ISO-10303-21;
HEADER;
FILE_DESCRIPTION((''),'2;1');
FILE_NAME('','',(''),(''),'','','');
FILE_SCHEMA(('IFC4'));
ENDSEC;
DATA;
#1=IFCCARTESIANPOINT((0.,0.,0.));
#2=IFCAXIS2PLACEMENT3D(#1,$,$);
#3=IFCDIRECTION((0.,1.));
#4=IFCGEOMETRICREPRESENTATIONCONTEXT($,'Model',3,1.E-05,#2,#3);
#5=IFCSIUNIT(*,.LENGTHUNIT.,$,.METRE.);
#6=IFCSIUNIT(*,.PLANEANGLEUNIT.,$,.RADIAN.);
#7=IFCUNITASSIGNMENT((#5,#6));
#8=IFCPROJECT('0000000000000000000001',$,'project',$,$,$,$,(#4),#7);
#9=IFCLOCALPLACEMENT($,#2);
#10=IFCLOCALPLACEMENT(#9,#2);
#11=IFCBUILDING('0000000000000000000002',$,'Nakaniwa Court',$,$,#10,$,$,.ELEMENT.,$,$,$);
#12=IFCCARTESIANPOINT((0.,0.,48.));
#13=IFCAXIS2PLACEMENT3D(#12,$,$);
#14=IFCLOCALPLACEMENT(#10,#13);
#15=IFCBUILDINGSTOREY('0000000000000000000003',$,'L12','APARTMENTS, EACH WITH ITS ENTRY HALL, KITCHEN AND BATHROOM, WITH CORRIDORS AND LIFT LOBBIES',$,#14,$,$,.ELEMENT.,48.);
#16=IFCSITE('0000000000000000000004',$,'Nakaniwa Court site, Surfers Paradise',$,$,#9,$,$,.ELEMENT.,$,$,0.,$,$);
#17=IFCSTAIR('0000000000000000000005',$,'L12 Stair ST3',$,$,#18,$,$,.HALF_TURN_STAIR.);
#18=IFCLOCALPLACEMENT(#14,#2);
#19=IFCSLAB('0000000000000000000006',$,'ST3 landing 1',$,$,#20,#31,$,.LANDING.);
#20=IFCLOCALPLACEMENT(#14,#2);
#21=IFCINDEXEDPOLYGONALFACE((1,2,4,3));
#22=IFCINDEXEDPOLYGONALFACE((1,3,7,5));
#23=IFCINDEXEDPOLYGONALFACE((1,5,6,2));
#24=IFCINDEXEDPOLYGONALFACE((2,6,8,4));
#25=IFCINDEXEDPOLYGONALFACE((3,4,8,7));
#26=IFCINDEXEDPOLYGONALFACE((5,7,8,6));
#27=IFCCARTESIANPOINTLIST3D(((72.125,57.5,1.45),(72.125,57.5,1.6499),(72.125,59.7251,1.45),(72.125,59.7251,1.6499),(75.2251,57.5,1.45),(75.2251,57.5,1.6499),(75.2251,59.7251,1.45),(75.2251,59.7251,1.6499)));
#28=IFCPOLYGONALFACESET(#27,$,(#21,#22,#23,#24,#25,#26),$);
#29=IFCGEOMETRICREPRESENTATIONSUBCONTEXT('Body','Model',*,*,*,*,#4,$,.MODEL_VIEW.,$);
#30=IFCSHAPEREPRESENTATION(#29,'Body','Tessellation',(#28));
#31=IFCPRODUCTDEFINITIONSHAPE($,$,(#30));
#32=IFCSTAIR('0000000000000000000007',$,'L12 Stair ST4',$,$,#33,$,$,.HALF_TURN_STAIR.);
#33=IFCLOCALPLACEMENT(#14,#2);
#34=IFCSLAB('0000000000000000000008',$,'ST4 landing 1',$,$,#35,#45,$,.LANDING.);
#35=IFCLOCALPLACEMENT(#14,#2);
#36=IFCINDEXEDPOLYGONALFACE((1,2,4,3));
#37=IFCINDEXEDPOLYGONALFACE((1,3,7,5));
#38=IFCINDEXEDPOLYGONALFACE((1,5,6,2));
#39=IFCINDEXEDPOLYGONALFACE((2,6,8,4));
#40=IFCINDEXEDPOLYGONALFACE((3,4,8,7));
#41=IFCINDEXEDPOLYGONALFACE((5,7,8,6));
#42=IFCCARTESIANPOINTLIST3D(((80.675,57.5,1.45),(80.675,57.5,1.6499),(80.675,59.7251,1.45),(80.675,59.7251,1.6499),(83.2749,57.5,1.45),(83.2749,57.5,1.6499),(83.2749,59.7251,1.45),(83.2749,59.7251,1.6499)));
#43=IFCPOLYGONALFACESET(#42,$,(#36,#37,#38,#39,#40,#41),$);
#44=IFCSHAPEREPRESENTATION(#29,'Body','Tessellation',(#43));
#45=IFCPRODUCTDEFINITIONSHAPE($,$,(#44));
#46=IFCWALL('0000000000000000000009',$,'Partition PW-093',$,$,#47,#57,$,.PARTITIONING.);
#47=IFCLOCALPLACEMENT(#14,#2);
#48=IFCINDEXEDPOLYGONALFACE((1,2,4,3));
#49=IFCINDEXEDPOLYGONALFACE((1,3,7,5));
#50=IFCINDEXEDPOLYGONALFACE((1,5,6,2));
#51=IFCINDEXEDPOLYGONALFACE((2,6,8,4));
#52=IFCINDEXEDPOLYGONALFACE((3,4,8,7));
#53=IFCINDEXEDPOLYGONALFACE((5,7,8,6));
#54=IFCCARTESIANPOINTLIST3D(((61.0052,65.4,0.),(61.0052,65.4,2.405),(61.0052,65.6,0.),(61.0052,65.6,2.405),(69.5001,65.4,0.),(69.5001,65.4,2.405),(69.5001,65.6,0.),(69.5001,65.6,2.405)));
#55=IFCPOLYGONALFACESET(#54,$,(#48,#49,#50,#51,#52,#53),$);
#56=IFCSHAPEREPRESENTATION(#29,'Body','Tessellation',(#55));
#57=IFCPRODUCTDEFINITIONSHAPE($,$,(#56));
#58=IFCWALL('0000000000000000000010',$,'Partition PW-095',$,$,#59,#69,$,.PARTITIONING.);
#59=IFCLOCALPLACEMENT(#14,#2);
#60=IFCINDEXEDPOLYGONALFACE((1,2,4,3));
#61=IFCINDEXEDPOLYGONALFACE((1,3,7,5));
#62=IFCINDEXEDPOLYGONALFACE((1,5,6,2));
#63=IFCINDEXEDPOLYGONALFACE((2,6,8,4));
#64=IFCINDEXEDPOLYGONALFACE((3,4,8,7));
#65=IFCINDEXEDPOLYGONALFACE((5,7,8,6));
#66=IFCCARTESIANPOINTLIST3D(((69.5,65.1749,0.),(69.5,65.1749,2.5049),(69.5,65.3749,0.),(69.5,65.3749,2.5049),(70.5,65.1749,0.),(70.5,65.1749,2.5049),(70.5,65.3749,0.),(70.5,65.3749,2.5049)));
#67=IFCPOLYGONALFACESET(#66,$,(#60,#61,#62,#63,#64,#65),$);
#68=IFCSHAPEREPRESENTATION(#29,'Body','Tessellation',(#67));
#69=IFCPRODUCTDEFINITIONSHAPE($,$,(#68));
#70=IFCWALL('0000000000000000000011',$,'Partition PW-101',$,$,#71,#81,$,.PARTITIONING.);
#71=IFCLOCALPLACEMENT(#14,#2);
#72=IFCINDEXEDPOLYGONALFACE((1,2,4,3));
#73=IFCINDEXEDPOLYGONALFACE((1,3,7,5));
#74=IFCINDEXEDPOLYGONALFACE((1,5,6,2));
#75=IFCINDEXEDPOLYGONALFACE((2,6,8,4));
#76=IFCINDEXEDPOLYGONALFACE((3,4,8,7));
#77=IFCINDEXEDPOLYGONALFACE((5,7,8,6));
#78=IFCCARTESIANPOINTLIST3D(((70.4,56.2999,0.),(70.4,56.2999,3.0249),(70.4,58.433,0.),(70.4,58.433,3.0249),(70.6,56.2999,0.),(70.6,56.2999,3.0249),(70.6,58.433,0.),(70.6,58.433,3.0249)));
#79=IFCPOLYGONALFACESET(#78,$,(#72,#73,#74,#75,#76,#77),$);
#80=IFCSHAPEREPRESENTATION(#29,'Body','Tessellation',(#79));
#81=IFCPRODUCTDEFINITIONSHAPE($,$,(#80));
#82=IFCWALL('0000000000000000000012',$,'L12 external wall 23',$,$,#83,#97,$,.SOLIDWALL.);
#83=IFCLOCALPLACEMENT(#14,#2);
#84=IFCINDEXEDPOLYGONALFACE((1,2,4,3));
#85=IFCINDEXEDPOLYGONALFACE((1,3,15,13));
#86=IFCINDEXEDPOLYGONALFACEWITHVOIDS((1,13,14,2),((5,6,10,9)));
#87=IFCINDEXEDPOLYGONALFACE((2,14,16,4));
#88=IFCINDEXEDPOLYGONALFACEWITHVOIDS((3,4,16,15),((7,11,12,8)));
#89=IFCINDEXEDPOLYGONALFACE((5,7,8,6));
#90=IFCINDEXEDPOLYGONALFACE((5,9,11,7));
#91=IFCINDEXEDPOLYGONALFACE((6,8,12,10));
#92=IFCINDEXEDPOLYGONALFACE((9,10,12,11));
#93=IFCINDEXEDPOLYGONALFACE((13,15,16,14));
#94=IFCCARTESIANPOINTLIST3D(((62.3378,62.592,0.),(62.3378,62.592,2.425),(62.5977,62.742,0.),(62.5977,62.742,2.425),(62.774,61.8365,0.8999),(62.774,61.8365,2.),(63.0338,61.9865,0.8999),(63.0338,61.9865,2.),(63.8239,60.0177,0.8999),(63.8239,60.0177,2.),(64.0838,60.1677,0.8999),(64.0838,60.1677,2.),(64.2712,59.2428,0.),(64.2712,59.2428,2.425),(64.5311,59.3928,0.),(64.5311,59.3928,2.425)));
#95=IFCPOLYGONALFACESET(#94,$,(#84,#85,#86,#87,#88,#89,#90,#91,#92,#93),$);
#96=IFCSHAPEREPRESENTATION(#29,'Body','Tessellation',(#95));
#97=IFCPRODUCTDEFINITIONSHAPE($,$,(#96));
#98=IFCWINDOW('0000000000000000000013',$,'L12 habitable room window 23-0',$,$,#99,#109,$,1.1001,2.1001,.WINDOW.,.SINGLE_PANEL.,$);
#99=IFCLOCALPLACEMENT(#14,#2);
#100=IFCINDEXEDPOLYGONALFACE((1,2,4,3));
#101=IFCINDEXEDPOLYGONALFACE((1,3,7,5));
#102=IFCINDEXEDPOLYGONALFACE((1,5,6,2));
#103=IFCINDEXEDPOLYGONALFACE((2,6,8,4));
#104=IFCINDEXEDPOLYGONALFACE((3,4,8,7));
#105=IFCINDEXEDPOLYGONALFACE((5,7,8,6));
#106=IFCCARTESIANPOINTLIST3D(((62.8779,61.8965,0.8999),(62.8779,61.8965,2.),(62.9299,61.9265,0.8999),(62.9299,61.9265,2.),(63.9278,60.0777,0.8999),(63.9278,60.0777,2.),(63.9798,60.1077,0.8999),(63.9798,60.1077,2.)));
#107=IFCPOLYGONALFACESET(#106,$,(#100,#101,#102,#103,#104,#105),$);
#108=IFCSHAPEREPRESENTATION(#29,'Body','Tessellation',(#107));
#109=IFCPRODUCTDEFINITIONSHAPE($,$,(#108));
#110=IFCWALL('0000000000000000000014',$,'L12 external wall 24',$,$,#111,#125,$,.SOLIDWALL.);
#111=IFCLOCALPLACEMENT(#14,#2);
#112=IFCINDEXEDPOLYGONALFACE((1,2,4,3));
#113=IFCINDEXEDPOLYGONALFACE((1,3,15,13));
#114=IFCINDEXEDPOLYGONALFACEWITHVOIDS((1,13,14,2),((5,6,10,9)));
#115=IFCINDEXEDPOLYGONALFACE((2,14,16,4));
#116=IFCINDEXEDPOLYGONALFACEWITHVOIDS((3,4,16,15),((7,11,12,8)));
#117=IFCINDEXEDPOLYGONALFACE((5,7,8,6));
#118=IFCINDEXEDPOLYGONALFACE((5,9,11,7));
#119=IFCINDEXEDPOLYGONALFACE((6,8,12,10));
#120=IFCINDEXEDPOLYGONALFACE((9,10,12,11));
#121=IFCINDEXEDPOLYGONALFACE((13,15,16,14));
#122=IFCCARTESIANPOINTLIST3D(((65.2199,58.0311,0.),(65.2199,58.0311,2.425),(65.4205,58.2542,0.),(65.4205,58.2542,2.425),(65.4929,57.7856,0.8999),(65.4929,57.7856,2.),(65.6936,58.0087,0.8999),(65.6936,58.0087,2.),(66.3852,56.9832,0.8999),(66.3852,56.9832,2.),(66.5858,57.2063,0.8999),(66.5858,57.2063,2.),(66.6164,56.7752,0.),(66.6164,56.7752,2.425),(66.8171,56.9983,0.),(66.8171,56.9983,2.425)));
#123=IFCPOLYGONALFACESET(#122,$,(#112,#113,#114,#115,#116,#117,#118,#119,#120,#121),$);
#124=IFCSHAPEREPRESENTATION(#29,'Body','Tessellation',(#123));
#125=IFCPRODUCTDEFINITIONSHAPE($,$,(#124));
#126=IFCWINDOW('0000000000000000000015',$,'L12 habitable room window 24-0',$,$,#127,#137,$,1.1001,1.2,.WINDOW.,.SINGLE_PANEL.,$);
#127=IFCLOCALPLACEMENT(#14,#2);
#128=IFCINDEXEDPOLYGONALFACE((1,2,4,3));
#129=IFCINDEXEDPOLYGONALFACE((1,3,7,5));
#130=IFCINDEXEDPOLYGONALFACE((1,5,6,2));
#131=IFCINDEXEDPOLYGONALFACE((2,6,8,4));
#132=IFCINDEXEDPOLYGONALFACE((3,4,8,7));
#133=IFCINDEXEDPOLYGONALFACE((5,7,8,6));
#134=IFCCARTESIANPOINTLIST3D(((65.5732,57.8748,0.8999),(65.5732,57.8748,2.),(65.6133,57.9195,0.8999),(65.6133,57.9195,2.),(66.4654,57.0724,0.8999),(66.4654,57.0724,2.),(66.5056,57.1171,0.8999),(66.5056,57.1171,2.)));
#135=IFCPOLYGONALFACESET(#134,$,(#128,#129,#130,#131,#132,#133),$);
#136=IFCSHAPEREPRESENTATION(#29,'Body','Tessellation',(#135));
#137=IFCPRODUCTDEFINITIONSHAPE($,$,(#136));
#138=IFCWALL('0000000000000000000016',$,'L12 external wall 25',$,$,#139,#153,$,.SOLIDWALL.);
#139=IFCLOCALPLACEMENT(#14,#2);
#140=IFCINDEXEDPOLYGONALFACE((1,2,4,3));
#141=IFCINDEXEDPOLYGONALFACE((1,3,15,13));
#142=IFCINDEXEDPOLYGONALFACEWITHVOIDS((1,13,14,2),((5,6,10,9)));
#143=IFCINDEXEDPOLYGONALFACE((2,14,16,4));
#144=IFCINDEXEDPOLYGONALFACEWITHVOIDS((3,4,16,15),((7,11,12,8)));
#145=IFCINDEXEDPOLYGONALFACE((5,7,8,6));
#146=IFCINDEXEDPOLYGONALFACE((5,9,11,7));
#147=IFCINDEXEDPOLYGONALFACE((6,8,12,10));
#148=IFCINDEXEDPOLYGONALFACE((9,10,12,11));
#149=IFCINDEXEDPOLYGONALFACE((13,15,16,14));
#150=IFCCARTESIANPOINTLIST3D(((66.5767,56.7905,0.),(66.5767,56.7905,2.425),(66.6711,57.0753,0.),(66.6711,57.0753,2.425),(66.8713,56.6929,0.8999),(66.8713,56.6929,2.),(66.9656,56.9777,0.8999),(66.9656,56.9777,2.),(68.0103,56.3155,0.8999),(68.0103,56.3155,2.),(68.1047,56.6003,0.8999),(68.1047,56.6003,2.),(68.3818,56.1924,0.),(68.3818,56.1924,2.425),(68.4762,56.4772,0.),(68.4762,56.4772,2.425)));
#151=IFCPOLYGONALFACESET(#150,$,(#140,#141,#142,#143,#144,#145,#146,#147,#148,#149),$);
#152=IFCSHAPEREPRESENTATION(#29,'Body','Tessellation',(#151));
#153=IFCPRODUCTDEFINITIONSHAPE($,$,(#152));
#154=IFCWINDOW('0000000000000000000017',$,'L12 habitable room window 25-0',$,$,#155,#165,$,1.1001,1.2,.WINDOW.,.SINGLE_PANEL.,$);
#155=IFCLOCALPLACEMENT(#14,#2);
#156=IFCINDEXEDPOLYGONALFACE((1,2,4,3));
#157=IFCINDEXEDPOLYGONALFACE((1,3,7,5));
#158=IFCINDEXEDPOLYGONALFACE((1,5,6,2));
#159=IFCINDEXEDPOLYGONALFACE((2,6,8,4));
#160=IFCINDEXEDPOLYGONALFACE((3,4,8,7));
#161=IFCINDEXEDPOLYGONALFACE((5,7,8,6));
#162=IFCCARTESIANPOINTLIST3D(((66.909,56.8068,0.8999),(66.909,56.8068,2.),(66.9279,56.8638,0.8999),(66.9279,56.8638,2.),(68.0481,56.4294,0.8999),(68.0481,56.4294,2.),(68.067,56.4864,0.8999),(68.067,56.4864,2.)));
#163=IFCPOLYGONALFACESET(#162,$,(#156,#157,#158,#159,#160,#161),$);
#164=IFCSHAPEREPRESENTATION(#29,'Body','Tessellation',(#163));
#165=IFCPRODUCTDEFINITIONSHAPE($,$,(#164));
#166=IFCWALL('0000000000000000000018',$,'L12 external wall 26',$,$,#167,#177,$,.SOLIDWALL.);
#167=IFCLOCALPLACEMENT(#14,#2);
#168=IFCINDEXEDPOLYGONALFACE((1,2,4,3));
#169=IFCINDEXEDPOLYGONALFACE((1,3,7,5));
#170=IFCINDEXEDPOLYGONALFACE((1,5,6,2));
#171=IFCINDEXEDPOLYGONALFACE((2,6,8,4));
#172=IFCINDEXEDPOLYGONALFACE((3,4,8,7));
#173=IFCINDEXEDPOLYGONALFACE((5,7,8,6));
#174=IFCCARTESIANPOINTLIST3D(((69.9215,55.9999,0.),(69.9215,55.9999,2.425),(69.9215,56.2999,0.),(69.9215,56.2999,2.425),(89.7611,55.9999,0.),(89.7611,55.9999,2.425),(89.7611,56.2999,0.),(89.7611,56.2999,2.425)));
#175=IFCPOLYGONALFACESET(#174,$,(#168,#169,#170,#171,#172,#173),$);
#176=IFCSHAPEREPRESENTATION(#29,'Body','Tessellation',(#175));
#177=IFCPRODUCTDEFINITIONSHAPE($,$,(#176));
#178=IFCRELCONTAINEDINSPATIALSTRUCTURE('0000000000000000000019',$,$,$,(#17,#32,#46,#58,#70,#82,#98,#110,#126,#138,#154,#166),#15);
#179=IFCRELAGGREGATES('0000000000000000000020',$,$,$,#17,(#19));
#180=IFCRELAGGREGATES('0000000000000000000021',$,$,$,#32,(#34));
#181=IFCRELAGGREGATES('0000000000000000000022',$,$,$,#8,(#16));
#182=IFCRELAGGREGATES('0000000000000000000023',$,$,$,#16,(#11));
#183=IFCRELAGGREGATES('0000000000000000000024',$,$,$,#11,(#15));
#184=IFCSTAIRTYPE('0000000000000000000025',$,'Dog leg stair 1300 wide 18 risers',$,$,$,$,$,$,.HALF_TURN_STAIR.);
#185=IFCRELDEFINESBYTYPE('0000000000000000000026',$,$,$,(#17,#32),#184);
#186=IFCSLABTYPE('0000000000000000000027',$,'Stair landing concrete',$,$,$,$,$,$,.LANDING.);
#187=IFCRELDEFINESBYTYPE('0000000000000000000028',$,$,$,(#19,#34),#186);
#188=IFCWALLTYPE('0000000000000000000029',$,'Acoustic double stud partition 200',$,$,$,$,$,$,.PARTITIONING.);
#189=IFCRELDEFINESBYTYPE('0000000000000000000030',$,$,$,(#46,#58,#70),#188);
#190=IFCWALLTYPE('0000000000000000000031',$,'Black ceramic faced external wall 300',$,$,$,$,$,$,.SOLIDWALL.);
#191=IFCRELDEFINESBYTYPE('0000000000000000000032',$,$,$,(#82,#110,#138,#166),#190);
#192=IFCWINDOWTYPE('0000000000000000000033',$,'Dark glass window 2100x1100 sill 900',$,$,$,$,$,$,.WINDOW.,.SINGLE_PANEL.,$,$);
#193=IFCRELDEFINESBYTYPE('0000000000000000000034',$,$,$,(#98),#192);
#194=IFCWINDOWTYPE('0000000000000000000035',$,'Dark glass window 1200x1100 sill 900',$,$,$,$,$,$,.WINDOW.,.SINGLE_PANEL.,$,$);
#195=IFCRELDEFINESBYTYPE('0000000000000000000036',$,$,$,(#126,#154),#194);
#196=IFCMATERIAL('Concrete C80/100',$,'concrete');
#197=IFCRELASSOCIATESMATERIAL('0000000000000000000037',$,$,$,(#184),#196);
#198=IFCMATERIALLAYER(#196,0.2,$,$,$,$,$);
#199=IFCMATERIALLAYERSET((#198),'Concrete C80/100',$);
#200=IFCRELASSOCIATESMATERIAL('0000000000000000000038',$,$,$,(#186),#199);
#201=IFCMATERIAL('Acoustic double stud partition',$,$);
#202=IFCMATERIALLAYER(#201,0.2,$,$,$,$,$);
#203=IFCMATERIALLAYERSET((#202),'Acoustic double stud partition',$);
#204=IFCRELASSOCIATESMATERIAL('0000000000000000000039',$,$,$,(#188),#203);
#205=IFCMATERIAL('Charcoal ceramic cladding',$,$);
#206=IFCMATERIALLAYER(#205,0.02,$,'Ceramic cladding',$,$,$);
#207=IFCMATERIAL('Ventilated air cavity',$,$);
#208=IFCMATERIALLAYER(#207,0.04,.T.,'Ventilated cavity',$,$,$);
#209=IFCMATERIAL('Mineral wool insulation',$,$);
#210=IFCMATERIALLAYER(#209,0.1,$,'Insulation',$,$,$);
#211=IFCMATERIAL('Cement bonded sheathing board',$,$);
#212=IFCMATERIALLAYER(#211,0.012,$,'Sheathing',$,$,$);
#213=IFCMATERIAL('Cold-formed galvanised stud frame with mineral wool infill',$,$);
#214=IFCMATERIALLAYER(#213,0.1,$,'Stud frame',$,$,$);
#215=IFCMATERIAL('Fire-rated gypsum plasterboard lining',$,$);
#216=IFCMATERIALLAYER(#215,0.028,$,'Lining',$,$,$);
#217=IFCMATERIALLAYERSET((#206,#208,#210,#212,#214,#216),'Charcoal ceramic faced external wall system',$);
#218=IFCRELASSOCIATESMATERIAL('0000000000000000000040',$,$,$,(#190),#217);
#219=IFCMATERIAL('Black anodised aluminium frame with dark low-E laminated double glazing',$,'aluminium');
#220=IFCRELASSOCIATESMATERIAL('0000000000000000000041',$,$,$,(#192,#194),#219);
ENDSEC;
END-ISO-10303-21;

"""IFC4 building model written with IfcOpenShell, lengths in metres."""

from ifc_helpers import new_model, si_unit, direction, frame, frame_2d, origin, place, context, subcontext, project, spatial, polyline, rectangle, outline, extrude, material, layer, layer_set, type_object, element, fill, aggregate, save


model = new_model("IFC4")

# Units and contexts
model_context = context("Model", 3, precision=1e-05, world=origin(), true_north=direction((0.0, 1.0)))
body_context = subcontext(model_context, "Body", "Model", "MODEL_VIEW")
ifc_project = project(units=[si_unit("LENGTHUNIT", "METRE"), si_unit("PLANEANGLEUNIT", "RADIAN")], contexts=[model_context])

# Site, building, storey
site_placement = place(None, origin())
site = spatial("IfcSite", under=ifc_project, at=site_placement, Name="Nakaniwa Court site, Surfers Paradise", CompositionType="ELEMENT", RefElevation=0.0)
building_placement = place(site_placement, origin())
building = spatial("IfcBuilding", under=site, at=building_placement, Name="Nakaniwa Court", CompositionType="ELEMENT")
storey_placement = place(building_placement, frame((0.0, 0.0, 48.0)))
storey = spatial("IfcBuildingStorey", under=building, at=storey_placement, Name="L12", Description="APARTMENTS, EACH WITH ITS ENTRY HALL, KITCHEN AND BATHROOM, WITH CORRIDORS AND LIFT LOBBIES", CompositionType="ELEMENT", Elevation=48.0)

# Stairs, slabs
ifc_material_1 = material(Name="Concrete C80/100", Category="concrete")
stair_type = type_object("IfcStairType", Name="Dog leg stair 1300 wide 18 risers", PredefinedType="HALF_TURN_STAIR", material=ifc_material_1)
ifc_layer_1 = layer(ifc_material_1, 0.2)
ifc_layer_set_1 = layer_set([ifc_layer_1], Name="Concrete C80/100")
slab_type_1 = type_object("IfcSlabType", Name="Stair landing concrete", PredefinedType="LANDING", material=ifc_layer_set_1)
stair_1_placement = place(storey_placement, origin())
stair_1 = element("IfcStair", 1, at=stair_1_placement, inside=storey, type_object=stair_type, Name="L12 Stair ST3", PredefinedType="HALF_TURN_STAIR")
slab_1_placement = place(storey_placement, frame((0.0, 0.0, 1.45)))
slab_1 = element("IfcSlab", 2, at=slab_1_placement, type_object=slab_type_1, Name="ST3 landing 1", PredefinedType="LANDING", context=body_context, shape_type="SweptSolid", body=[
    extrude(outline(polyline([(75.2251, 57.5), (75.2251, 59.7251), (72.125, 59.7251), (72.125, 57.5), (75.2251, 57.5)])), origin(), (0.0, 0.0, 1.0), 0.2),
])
aggregate(stair_1, [slab_1])
stair_2_placement = place(storey_placement, origin())
stair_2 = element("IfcStair", 3, at=stair_2_placement, inside=storey, type_object=stair_type, Name="L12 Stair ST4", PredefinedType="HALF_TURN_STAIR")
slab_2_placement = place(storey_placement, frame((0.0, 0.0, 1.45)))
slab_2 = element("IfcSlab", 4, at=slab_2_placement, type_object=slab_type_1, Name="ST4 landing 1", PredefinedType="LANDING", context=body_context, shape_type="SweptSolid", body=[
    extrude(outline(polyline([(83.2749, 57.5), (83.2749, 59.7251), (80.675, 59.7251), (80.675, 57.5), (83.2749, 57.5)])), origin(), (0.0, 0.0, 1.0), 0.2),
])
aggregate(stair_2, [slab_2])

# Walls
ifc_material_2 = material(Name="Acoustic double stud partition")
ifc_layer_2 = layer(ifc_material_2, 0.2)
ifc_layer_set_2 = layer_set([ifc_layer_2], Name="Acoustic double stud partition")
wall_type_1 = type_object("IfcWallType", Name="Acoustic double stud partition 200", PredefinedType="PARTITIONING", material=ifc_layer_set_2)
wall_1_placement = place(storey_placement, frame((61.0051, 65.5, 0.0), z_axis=(0.0, 0.0, 1.0), x_axis=(1.0, 0.0, 0.0)))
element("IfcWall", 5, at=wall_1_placement, inside=storey, type_object=wall_type_1, Name="Partition PW-093", PredefinedType="PARTITIONING", context=body_context, shape_type="SweptSolid", body=[
    extrude(rectangle(XDim=8.4949, YDim=0.2, at=frame_2d((4.2476, 0.0))), origin(), (0.0, 0.0, 1.0), 2.405),
])
wall_2_placement = place(storey_placement, frame((69.5, 65.2749, 0.0), z_axis=(0.0, 0.0, 1.0), x_axis=(1.0, 0.0, 0.0)))
element("IfcWall", 6, at=wall_2_placement, inside=storey, type_object=wall_type_1, Name="Partition PW-095", PredefinedType="PARTITIONING", context=body_context, shape_type="SweptSolid", body=[
    extrude(rectangle(XDim=1.0, YDim=0.2, at=frame_2d((0.5, 0.0))), origin(), (0.0, 0.0, 1.0), 2.5049),
])
wall_3_placement = place(storey_placement, frame((70.5, 56.3, 0.0), z_axis=(0.0, 0.0, 1.0), x_axis=(0.0, 1.0, 0.0)))
element("IfcWall", 7, at=wall_3_placement, inside=storey, type_object=wall_type_1, Name="Partition PW-101", PredefinedType="PARTITIONING", context=body_context, shape_type="SweptSolid", body=[
    extrude(rectangle(XDim=2.1331, YDim=0.2, at=frame_2d((1.0664, 0.0))), origin(), (0.0, 0.0, 1.0), 3.0249),
])

# Walls, openings, windows
ifc_material_3 = material(Name="Charcoal ceramic cladding")
ifc_layer_3 = layer(ifc_material_3, 0.02, Name="Ceramic cladding")
ifc_material_4 = material(Name="Ventilated air cavity")
ifc_layer_4 = layer(ifc_material_4, 0.04, ventilated=True, Name="Ventilated cavity")
ifc_material_5 = material(Name="Mineral wool insulation")
ifc_layer_5 = layer(ifc_material_5, 0.1, Name="Insulation")
ifc_material_6 = material(Name="Cement bonded sheathing board")
ifc_layer_6 = layer(ifc_material_6, 0.012, Name="Sheathing")
ifc_material_7 = material(Name="Cold-formed galvanised stud frame with mineral wool infill")
ifc_layer_7 = layer(ifc_material_7, 0.1, Name="Stud frame")
ifc_material_8 = material(Name="Fire-rated gypsum plasterboard lining")
ifc_layer_8 = layer(ifc_material_8, 0.028, Name="Lining")
ifc_layer_set_3 = layer_set([ifc_layer_3, ifc_layer_4, ifc_layer_5, ifc_layer_6, ifc_layer_7, ifc_layer_8], Name="Charcoal ceramic faced external wall system")
wall_type_2 = type_object("IfcWallType", Name="Black ceramic faced external wall 300", PredefinedType="SOLIDWALL", material=ifc_layer_set_3)
wall_4_placement = place(storey_placement, frame((62.4678, 62.667, 0.0), z_axis=(0.0, 0.0, 1.0), x_axis=(0.499948, -0.866055, 0.0)))
wall_4 = element("IfcWall", 8, at=wall_4_placement, inside=storey, type_object=wall_type_2, Name="L12 external wall 23", PredefinedType="SOLIDWALL", context=body_context, shape_type="SweptSolid", body=[
    extrude(rectangle(XDim=3.8672, YDim=0.3, at=frame_2d((1.9336, 0.0))), origin(), (0.0, 0.0, 1.0), 2.425),
])
opening_1_placement = place(wall_4_placement, frame((0.8723, 0.0, 0.8999)))
opening_1 = element("IfcOpeningElement", 9, at=opening_1_placement, cuts=wall_4, PredefinedType="OPENING", context=body_context, shape_type="SweptSolid", body=[
    extrude(rectangle(XDim=2.1001, YDim=1.1001, at=frame_2d((1.05, 0.55))), frame((0.0, 0.1599, 0.0), z_axis=(0.0, -1.0, 0.0), x_axis=(1.0, 0.0, 0.0)), (0.0, 0.0, 1.0), 0.3201),
])
ifc_material_9 = material(Name="Black anodised aluminium frame with dark low-E laminated double glazing", Category="aluminium")
window_type_1 = type_object("IfcWindowType", Name="Dark glass window 2100x1100 sill 900", PartitioningType="SINGLE_PANEL", PredefinedType="WINDOW", material=ifc_material_9)
window_1_placement = place(opening_1_placement, origin())
window_1 = element("IfcWindow", 10, at=window_1_placement, inside=storey, type_object=window_type_1, Name="L12 habitable room window 23-0", OverallHeight=1.1001, OverallWidth=2.1001, PartitioningType="SINGLE_PANEL", PredefinedType="WINDOW", context=body_context, shape_type="SweptSolid", body=[
    extrude(rectangle(XDim=2.1001, YDim=1.1001, at=frame_2d((1.05, 0.55))), frame((0.0, 0.03, 0.0), z_axis=(0.0, -1.0, 0.0), x_axis=(1.0, 0.0, 0.0)), (0.0, 0.0, 1.0), 0.0601),
])
fill(opening_1, window_1)
wall_5_placement = place(storey_placement, frame((65.3203, 58.1426, 0.0), z_axis=(0.0, 0.0, 1.0), x_axis=(0.743553, -0.668677, 0.0)))
wall_5 = element("IfcWall", 11, at=wall_5_placement, inside=storey, type_object=wall_type_2, Name="L12 external wall 24", PredefinedType="SOLIDWALL", context=body_context, shape_type="SweptSolid", body=[
    extrude(rectangle(XDim=1.8782, YDim=0.3, at=frame_2d((0.939, 0.0))), origin(), (0.0, 0.0, 1.0), 2.425),
])
opening_2_placement = place(wall_5_placement, frame((0.3669, 0.0, 0.8999)))
opening_2 = element("IfcOpeningElement", 12, at=opening_2_placement, cuts=wall_5, PredefinedType="OPENING", context=body_context, shape_type="SweptSolid", body=[
    extrude(rectangle(XDim=1.2, YDim=1.1001, at=frame_2d((0.6001, 0.55))), frame((0.0, 0.1599, 0.0), z_axis=(0.0, -1.0, 0.0), x_axis=(1.0, 0.0, 0.0)), (0.0, 0.0, 1.0), 0.3201),
])
window_type_2 = type_object("IfcWindowType", Name="Dark glass window 1200x1100 sill 900", PartitioningType="SINGLE_PANEL", PredefinedType="WINDOW", material=ifc_material_9)
window_2_placement = place(opening_2_placement, origin())
window_2 = element("IfcWindow", 13, at=window_2_placement, inside=storey, type_object=window_type_2, Name="L12 habitable room window 24-0", OverallHeight=1.1001, OverallWidth=1.2, PartitioningType="SINGLE_PANEL", PredefinedType="WINDOW", context=body_context, shape_type="SweptSolid", body=[
    extrude(rectangle(XDim=1.2, YDim=1.1001, at=frame_2d((0.6001, 0.55))), frame((0.0, 0.03, 0.0), z_axis=(0.0, -1.0, 0.0), x_axis=(1.0, 0.0, 0.0)), (0.0, 0.0, 1.0), 0.0601),
])
fill(opening_2, window_2)
wall_6_placement = place(storey_placement, frame((66.624, 56.9329, 0.0), z_axis=(0.0, 0.0, 1.0), x_axis=(0.949247, -0.314533, 0.0)))
wall_6 = element("IfcWall", 14, at=wall_6_placement, inside=storey, type_object=wall_type_2, Name="L12 external wall 25", PredefinedType="SOLIDWALL", context=body_context, shape_type="SweptSolid", body=[
    extrude(rectangle(XDim=1.9016, YDim=0.3, at=frame_2d((0.9507, 0.0))), origin(), (0.0, 0.0, 1.0), 2.425),
])
opening_3_placement = place(wall_6_placement, frame((0.3101, 0.0, 0.8999)))
opening_3 = element("IfcOpeningElement", 15, at=opening_3_placement, cuts=wall_6, PredefinedType="OPENING", context=body_context, shape_type="SweptSolid", body=[
    extrude(rectangle(XDim=1.2, YDim=1.1001, at=frame_2d((0.6001, 0.55))), frame((0.0, 0.1599, 0.0), z_axis=(0.0, -1.0, 0.0), x_axis=(1.0, 0.0, 0.0)), (0.0, 0.0, 1.0), 0.3201),
])
window_3_placement = place(opening_3_placement, origin())
window_3 = element("IfcWindow", 16, at=window_3_placement, inside=storey, type_object=window_type_2, Name="L12 habitable room window 25-0", OverallHeight=1.1001, OverallWidth=1.2, PartitioningType="SINGLE_PANEL", PredefinedType="WINDOW", context=body_context, shape_type="SweptSolid", body=[
    extrude(rectangle(XDim=1.2, YDim=1.1001, at=frame_2d((0.6001, 0.55))), frame((0.0, 0.03, 0.0), z_axis=(0.0, -1.0, 0.0), x_axis=(1.0, 0.0, 0.0)), (0.0, 0.0, 1.0), 0.0601),
])
fill(opening_3, window_3)

# Wall
wall_7_placement = place(storey_placement, frame((69.9214, 56.1499, 0.0), z_axis=(0.0, 0.0, 1.0), x_axis=(1.0, 0.0, 0.0)))
element("IfcWall", 17, at=wall_7_placement, inside=storey, type_object=wall_type_2, Name="L12 external wall 26", PredefinedType="SOLIDWALL", context=body_context, shape_type="SweptSolid", body=[
    extrude(rectangle(XDim=19.8396, YDim=0.3, at=frame_2d((9.9199, 0.0))), origin(), (0.0, 0.0, 1.0), 2.425),
])

save(model, "model.ifc")
